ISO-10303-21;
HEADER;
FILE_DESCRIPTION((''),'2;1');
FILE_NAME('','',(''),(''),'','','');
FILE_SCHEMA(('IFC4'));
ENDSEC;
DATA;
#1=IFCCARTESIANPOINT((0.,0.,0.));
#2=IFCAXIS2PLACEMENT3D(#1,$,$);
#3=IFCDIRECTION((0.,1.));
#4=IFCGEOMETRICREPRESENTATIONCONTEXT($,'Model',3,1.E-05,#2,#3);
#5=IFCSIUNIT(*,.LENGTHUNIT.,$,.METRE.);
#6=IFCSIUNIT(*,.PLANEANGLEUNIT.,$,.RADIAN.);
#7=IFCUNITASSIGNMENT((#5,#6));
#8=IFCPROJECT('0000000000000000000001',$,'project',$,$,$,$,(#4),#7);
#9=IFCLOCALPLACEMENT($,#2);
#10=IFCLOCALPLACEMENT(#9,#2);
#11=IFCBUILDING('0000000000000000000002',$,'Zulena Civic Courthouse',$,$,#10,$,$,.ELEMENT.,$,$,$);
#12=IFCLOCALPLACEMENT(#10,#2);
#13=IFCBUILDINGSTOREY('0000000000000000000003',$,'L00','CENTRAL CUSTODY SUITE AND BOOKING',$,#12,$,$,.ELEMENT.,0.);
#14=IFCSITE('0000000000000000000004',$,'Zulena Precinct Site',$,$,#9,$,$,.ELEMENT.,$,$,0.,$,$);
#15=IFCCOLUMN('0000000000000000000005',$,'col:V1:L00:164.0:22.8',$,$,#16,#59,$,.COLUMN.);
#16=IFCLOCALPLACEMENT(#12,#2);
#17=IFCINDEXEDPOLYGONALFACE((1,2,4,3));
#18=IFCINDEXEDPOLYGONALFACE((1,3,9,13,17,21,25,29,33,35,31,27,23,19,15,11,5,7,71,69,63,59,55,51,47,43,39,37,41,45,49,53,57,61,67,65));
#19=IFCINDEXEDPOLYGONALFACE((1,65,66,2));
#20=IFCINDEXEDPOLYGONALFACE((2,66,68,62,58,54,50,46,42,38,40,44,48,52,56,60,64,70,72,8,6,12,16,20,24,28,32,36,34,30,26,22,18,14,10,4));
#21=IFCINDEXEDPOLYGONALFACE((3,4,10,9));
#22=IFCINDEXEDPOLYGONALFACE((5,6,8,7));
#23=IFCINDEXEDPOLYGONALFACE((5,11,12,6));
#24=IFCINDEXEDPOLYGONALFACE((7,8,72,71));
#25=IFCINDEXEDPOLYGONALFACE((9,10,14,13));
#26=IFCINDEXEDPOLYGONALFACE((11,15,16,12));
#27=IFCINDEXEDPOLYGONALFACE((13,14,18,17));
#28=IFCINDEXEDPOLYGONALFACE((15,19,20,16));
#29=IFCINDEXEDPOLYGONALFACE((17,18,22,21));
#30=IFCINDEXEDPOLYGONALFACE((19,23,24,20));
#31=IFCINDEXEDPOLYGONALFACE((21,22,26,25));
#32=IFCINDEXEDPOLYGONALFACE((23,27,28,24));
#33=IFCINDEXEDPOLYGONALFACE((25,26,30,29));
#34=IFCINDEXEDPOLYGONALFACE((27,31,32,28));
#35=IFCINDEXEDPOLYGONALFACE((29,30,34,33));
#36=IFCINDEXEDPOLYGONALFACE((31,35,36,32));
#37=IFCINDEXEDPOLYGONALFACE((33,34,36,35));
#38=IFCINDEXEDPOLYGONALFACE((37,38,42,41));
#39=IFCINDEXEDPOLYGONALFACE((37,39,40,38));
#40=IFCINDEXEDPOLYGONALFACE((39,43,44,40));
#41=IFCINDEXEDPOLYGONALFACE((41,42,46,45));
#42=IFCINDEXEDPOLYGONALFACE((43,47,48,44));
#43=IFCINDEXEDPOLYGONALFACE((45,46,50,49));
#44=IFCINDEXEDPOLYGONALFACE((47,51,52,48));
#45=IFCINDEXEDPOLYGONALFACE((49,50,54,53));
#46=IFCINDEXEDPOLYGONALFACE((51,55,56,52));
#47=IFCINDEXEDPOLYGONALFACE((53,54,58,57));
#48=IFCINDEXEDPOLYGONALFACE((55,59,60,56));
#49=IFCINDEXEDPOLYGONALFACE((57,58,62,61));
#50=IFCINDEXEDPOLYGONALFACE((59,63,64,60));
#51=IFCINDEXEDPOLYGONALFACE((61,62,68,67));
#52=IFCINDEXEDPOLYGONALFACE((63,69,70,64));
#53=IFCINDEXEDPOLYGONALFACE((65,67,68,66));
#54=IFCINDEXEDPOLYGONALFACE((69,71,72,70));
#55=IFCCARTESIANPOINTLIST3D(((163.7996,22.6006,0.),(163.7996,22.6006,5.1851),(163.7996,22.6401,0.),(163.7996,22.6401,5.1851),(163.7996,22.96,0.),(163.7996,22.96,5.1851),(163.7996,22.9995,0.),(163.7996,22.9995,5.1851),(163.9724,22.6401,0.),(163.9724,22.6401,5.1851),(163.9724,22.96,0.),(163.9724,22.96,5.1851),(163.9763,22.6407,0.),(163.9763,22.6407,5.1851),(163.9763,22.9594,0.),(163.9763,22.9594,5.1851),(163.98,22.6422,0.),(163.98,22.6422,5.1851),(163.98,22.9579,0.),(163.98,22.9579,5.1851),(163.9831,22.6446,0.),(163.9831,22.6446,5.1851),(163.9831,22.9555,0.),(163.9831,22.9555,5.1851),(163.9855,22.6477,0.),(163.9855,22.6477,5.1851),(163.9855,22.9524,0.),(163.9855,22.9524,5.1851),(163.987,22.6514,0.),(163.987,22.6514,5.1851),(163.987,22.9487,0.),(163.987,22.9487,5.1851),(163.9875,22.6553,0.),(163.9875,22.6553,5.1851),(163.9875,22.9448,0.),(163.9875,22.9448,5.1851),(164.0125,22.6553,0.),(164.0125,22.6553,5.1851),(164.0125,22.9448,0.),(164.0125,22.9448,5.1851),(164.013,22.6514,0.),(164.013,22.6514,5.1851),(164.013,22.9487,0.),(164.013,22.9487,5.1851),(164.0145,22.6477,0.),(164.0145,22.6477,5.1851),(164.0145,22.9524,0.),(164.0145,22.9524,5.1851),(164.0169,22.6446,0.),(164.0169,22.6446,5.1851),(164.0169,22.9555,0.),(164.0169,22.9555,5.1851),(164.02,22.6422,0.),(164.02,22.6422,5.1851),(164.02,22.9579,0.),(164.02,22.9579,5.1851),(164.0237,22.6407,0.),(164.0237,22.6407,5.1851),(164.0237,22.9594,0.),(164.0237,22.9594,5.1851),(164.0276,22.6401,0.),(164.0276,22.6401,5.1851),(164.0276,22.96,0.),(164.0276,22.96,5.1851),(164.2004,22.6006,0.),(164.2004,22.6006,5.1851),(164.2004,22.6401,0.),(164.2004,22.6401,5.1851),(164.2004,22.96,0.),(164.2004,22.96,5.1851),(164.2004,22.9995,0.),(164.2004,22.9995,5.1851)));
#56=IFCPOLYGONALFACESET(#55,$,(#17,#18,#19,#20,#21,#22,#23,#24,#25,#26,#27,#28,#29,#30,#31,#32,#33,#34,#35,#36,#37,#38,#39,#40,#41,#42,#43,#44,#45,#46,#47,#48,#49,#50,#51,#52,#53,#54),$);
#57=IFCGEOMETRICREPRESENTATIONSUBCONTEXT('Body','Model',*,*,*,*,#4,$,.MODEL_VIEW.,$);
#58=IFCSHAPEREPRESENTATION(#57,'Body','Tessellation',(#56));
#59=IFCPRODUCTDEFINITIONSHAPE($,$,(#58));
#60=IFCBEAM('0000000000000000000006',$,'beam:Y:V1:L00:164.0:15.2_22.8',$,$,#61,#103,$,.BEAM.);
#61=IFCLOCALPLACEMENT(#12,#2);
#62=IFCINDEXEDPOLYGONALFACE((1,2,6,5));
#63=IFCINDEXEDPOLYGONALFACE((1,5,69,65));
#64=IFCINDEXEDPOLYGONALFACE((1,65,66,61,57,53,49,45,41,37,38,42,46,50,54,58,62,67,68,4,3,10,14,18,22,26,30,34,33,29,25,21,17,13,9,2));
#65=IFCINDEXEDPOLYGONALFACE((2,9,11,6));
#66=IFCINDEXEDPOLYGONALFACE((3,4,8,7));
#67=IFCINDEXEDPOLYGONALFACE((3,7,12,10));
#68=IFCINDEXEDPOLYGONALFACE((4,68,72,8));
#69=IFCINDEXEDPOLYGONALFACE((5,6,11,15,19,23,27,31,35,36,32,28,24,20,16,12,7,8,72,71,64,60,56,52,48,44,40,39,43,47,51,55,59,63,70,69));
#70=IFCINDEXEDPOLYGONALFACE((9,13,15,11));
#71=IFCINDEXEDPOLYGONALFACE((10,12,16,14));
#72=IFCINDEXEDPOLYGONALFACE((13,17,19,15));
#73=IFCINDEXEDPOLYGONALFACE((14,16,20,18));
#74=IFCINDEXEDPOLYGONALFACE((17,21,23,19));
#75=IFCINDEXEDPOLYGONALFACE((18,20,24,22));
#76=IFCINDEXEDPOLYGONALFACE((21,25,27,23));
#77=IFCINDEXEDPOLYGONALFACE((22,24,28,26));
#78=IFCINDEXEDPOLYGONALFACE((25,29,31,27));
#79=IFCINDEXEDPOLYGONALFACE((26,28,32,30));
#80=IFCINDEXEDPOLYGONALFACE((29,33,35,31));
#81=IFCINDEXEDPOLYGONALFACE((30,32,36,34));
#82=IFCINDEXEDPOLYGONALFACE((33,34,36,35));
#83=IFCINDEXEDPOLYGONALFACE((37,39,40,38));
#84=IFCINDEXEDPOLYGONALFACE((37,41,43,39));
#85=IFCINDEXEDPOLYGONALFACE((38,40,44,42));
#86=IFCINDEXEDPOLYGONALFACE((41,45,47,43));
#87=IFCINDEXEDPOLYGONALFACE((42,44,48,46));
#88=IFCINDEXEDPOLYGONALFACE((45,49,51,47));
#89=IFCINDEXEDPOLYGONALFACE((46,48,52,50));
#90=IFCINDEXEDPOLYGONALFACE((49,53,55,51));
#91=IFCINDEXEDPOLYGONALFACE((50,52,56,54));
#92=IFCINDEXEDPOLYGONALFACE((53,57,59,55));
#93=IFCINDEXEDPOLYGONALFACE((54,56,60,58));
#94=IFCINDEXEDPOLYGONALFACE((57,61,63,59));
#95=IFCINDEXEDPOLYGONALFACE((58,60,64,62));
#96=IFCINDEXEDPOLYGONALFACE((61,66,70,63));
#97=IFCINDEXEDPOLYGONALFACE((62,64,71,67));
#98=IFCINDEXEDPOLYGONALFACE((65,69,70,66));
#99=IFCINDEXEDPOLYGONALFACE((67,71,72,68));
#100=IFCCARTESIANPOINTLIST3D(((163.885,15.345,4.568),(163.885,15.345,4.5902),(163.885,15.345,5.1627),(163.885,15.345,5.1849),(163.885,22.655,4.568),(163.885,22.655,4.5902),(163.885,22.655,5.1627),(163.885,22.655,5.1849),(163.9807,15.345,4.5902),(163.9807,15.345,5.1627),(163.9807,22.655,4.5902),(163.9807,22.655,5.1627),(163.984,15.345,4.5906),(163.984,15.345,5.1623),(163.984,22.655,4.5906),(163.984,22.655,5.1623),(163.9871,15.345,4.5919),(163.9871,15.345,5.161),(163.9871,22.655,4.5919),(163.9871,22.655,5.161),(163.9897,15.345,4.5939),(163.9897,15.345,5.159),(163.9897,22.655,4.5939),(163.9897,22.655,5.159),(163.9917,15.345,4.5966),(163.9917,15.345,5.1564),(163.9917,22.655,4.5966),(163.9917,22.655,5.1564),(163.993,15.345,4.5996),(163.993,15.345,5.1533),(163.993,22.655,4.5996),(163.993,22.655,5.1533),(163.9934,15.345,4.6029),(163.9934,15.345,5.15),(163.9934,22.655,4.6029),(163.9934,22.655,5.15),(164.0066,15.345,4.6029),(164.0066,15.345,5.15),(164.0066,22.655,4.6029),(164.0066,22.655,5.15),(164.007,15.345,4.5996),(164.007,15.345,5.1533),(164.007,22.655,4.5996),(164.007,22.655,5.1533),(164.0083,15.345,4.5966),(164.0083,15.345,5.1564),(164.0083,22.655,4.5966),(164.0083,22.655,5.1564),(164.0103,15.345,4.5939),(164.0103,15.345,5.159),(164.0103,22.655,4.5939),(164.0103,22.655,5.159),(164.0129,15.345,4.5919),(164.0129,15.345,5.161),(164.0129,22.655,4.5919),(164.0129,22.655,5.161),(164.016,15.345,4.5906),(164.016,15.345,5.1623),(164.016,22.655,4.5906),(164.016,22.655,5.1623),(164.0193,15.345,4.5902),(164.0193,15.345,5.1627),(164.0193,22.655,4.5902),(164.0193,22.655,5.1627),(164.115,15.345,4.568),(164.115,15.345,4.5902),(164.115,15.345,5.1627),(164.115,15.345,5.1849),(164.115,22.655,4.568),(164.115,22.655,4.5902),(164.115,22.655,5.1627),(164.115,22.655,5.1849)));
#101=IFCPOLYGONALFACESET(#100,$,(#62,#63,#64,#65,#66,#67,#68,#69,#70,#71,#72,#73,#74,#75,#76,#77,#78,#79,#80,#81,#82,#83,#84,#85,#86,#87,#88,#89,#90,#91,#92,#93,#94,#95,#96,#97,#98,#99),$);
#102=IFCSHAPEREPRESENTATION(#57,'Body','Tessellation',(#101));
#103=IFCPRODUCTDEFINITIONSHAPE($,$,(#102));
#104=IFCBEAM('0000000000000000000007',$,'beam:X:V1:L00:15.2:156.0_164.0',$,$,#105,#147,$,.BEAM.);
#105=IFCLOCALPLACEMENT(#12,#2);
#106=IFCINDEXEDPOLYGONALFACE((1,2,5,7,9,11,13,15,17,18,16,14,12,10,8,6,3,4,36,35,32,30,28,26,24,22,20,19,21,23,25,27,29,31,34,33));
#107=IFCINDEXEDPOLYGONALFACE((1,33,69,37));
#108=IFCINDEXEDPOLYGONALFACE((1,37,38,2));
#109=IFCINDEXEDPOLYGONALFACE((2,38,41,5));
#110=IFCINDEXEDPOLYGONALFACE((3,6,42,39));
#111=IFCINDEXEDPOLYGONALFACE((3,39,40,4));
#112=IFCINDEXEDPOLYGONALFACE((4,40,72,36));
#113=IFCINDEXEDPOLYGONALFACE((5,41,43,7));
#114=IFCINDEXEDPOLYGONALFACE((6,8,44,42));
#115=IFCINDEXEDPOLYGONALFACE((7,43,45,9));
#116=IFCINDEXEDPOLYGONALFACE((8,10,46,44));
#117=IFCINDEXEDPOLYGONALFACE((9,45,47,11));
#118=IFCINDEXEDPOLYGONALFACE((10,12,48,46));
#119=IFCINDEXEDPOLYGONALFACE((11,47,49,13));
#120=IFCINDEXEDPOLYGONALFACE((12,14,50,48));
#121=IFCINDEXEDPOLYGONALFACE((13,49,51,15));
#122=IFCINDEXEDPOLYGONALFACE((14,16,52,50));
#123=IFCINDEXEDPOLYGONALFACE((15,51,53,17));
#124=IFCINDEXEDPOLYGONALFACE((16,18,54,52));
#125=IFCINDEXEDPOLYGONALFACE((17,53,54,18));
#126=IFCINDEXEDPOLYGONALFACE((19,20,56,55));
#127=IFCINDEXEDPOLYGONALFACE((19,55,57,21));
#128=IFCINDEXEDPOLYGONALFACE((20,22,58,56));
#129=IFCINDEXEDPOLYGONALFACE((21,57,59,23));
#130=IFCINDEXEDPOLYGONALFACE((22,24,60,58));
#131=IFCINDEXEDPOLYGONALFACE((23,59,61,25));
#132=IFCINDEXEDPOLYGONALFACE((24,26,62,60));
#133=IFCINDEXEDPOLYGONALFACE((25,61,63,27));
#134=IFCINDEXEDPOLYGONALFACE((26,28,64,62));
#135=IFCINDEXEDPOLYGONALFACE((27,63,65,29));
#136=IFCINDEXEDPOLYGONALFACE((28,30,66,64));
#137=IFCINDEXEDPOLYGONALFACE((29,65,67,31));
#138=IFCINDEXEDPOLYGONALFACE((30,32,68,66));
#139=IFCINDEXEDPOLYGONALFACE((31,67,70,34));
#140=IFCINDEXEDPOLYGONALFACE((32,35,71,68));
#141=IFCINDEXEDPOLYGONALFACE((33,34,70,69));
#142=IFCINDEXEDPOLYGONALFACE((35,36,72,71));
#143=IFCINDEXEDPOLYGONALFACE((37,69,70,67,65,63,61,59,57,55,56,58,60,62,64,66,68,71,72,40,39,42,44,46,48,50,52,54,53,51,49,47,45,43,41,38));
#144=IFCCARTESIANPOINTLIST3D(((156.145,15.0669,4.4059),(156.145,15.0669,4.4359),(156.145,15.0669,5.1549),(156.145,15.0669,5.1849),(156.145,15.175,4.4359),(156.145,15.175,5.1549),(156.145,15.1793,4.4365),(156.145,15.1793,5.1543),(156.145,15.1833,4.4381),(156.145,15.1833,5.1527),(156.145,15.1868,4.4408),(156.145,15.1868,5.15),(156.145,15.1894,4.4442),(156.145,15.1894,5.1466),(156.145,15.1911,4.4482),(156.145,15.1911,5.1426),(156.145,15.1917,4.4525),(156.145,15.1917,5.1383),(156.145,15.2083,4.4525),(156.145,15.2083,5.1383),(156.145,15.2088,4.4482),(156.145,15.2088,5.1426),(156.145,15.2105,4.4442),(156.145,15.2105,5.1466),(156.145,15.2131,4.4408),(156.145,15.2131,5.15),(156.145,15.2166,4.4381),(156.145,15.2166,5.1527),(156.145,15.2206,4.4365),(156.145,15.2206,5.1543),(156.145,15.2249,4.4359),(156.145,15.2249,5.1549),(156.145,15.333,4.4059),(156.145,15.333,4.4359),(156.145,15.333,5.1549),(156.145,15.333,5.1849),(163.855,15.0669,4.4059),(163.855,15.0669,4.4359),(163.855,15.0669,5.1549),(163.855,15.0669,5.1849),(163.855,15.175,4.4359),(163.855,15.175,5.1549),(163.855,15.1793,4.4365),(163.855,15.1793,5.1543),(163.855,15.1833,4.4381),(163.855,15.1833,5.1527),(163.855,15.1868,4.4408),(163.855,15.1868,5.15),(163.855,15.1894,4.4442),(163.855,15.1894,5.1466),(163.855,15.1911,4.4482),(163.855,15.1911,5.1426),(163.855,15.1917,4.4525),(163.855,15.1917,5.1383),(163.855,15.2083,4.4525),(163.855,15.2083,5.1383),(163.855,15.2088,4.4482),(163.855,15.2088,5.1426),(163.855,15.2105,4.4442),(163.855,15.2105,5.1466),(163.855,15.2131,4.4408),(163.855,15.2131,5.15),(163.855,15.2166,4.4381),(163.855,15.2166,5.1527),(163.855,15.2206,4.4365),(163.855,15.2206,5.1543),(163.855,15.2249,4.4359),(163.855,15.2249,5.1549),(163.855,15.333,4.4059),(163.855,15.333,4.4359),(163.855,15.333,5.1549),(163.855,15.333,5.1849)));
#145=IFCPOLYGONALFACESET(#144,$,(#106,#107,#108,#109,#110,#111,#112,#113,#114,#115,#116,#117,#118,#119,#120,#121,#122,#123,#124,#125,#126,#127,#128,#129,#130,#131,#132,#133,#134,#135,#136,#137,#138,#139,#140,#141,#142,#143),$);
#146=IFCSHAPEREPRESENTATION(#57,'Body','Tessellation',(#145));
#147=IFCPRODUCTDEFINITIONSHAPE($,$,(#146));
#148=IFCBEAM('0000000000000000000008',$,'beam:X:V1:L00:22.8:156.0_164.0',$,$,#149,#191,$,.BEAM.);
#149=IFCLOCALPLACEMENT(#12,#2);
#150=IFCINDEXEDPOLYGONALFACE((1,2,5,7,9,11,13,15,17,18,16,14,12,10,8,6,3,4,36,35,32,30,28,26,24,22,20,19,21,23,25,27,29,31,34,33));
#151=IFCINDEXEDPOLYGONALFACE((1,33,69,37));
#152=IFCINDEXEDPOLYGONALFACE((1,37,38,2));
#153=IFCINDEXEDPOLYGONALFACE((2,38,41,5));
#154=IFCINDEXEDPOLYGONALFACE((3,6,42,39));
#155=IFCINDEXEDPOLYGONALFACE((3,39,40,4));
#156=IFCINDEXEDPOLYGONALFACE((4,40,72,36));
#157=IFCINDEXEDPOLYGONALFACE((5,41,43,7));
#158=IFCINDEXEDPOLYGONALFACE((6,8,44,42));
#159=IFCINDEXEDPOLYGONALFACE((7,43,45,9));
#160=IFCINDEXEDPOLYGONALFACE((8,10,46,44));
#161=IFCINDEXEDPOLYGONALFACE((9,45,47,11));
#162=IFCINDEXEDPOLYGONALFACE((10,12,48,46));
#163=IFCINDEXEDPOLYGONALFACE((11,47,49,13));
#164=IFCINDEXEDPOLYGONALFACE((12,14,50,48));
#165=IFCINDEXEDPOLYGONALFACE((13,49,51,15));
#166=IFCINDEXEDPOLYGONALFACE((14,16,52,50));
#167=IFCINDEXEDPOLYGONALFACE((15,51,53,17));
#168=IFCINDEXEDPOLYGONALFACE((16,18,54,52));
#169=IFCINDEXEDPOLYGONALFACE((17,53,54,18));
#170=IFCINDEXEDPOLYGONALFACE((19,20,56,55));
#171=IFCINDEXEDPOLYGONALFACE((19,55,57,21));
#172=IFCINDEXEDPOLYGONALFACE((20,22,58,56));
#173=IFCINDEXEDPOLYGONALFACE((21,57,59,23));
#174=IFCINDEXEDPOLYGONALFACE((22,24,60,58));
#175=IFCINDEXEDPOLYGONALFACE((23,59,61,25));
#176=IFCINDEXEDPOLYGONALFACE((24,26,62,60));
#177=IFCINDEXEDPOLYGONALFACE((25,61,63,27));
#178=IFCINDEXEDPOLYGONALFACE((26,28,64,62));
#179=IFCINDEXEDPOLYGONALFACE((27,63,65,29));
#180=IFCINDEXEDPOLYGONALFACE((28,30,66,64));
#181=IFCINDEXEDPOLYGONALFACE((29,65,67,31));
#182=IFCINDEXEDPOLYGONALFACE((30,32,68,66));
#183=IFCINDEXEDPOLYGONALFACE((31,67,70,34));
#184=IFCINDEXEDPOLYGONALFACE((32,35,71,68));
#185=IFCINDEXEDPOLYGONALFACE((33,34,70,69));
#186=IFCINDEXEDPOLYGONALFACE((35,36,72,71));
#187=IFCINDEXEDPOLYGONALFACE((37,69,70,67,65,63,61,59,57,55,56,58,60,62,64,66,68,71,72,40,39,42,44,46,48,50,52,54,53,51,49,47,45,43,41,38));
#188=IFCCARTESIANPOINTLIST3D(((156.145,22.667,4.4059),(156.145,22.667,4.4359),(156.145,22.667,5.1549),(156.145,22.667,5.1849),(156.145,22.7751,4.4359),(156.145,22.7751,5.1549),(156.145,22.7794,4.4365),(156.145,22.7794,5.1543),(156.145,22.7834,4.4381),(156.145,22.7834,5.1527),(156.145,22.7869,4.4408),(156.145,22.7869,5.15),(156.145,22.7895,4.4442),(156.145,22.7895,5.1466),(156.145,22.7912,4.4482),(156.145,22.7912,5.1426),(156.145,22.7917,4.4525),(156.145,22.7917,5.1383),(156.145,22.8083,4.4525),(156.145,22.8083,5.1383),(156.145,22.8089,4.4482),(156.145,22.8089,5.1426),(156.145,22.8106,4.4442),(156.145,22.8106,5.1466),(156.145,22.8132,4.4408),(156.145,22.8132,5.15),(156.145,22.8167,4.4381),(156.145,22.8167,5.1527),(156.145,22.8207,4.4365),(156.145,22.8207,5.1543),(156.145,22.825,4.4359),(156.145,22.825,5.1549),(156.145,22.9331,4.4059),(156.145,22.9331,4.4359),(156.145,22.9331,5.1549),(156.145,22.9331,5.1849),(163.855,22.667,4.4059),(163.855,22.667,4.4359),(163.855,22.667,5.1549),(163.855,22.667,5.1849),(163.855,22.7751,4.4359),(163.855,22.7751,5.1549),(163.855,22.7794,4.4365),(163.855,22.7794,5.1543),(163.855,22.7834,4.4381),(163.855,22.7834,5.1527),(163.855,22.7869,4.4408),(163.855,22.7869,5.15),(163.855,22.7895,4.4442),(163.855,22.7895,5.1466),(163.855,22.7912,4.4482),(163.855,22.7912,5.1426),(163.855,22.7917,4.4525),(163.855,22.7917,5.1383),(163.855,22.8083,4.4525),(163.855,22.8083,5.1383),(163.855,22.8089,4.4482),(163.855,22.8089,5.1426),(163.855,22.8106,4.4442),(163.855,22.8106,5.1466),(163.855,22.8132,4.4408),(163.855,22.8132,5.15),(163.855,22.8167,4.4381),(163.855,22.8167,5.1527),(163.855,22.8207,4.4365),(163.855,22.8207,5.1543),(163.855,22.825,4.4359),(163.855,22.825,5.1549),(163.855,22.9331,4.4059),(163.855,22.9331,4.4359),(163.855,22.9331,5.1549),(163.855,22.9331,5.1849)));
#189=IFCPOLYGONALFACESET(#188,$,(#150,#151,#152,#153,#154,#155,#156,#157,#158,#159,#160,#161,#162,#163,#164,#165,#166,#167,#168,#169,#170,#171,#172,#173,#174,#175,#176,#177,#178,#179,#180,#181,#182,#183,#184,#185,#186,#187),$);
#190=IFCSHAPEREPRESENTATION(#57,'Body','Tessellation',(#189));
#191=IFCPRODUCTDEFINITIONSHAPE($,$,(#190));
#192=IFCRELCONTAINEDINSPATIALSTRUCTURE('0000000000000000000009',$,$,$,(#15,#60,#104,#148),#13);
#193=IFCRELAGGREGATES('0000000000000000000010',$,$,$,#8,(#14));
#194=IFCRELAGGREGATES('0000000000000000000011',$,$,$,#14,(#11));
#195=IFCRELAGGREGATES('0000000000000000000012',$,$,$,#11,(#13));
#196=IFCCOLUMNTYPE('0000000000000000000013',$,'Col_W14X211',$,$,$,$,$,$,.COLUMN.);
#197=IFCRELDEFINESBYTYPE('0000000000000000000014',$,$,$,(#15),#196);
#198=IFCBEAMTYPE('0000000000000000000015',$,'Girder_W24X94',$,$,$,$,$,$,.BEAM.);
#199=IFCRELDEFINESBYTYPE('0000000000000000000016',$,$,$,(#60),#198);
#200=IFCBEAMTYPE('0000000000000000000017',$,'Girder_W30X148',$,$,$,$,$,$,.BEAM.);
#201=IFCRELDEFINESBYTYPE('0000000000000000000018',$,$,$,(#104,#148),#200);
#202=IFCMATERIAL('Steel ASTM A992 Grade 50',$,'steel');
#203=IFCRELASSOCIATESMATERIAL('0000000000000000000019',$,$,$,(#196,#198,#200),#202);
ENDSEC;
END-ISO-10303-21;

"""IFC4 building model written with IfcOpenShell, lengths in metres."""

from ifc_helpers import new_model, si_unit, direction, frame, origin, origin_2d, place, context, subcontext, project, spatial, i_section, extrude, material, material_profile, profile_set, type_object, element, save


model = new_model("IFC4")

# Units and contexts
model_context = context("Model", 3, precision=1e-05, world=origin(), true_north=direction((0.0, 1.0)))
body_context = subcontext(model_context, "Body", "Model", "MODEL_VIEW")
ifc_project = project(units=[si_unit("LENGTHUNIT", "METRE"), si_unit("PLANEANGLEUNIT", "RADIAN")], contexts=[model_context])

# Site, building, storey
site_placement = place(None, origin())
site = spatial("IfcSite", under=ifc_project, at=site_placement, Name="Zulena Precinct Site", CompositionType="ELEMENT", RefElevation=0.0)
building_placement = place(site_placement, origin())
building = spatial("IfcBuilding", under=site, at=building_placement, Name="Zulena Civic Courthouse", CompositionType="ELEMENT")
storey_placement = place(building_placement, origin())
storey = spatial("IfcBuildingStorey", under=building, at=storey_placement, Name="L00", Description="CENTRAL CUSTODY SUITE AND BOOKING", CompositionType="ELEMENT", Elevation=0.0)

# Column
ifc_material_1 = material(Name="Steel ASTM A992 Grade 50", Category="steel")
ifc_material_profile_1 = material_profile(ifc_material_1, i_section(OverallWidth=0.4009, OverallDepth=0.3989, WebThickness=0.0249, FlangeThickness=0.0396, FilletRadius=0.0151, at=origin_2d()), Name="W14X211")
ifc_profile_set_1 = profile_set([ifc_material_profile_1], Name="Steel ASTM A992 Grade 50")
column_type_1 = type_object("IfcColumnType", Name="Col_W14X211", PredefinedType="COLUMN", material=ifc_profile_set_1)
for number, where, z_axis, x_axis, name in (
    (1, (164.0, 22.8, 0.0), (0.0, 0.0, 1.0), (1.0, 0.0, 0.0), "col:V1:L00:164.0:22.8"),
):
    element("IfcColumn", number, at=place(storey_placement, frame(where, z_axis=z_axis, x_axis=x_axis)), inside=storey, type_object=column_type_1, Name=name, PredefinedType="COLUMN", context=body_context, shape_type="SweptSolid", body=[
        extrude(i_section(OverallWidth=0.4009, OverallDepth=0.3989, WebThickness=0.0249, FlangeThickness=0.0396, FilletRadius=0.0151, at=origin_2d()), origin(), (0.0, 0.0, 1.0), 5.1851),
    ])

# Beams
ifc_material_profile_2 = material_profile(ifc_material_1, i_section(OverallWidth=0.23, OverallDepth=0.6169, WebThickness=0.0132, FlangeThickness=0.0222, FilletRadius=0.0127, at=origin_2d()), Name="W24X94")
ifc_profile_set_2 = profile_set([ifc_material_profile_2], Name="Steel ASTM A992 Grade 50")
beam_type_1 = type_object("IfcBeamType", Name="Girder_W24X94", PredefinedType="BEAM", material=ifc_profile_set_2)
beam_1_placement = place(storey_placement, frame((164.0, 15.345, 4.8765), z_axis=(0.0, 1.0, 0.0), x_axis=(-1.0, 0.0, 0.0)))
element("IfcBeam", 2, at=beam_1_placement, inside=storey, type_object=beam_type_1, Name="beam:Y:V1:L00:164.0:15.2_22.8", PredefinedType="BEAM", context=body_context, shape_type="SweptSolid", body=[
    extrude(i_section(OverallWidth=0.23, OverallDepth=0.6169, WebThickness=0.0132, FlangeThickness=0.0222, FilletRadius=0.0127, at=origin_2d()), origin(), (0.0, 0.0, 1.0), 7.3101),
])
ifc_material_profile_3 = material_profile(ifc_material_1, i_section(OverallWidth=0.2661, OverallDepth=0.7791, WebThickness=0.0166, FlangeThickness=0.03, FilletRadius=0.0166, at=origin_2d()), Name="W30X148")
ifc_profile_set_3 = profile_set([ifc_material_profile_3], Name="Steel ASTM A992 Grade 50")
beam_type_2 = type_object("IfcBeamType", Name="Girder_W30X148", PredefinedType="BEAM", material=ifc_profile_set_3)
for number, where, z_axis, x_axis, name in (
    (3, (156.145, 15.2, 4.7954), (1.0, 0.0, 0.0), (0.0, 1.0, 0.0), "beam:X:V1:L00:15.2:156.0_164.0"),
    (4, (156.145, 22.8, 4.7954), (1.0, 0.0, 0.0), (0.0, 1.0, 0.0), "beam:X:V1:L00:22.8:156.0_164.0"),
):
    element("IfcBeam", number, at=place(storey_placement, frame(where, z_axis=z_axis, x_axis=x_axis)), inside=storey, type_object=beam_type_2, Name=name, PredefinedType="BEAM", context=body_context, shape_type="SweptSolid", body=[
        extrude(i_section(OverallWidth=0.2661, OverallDepth=0.7791, WebThickness=0.0166, FlangeThickness=0.03, FilletRadius=0.0166, at=origin_2d()), origin(), (0.0, 0.0, 1.0), 7.71),
    ])

save(model, "model.ifc")
